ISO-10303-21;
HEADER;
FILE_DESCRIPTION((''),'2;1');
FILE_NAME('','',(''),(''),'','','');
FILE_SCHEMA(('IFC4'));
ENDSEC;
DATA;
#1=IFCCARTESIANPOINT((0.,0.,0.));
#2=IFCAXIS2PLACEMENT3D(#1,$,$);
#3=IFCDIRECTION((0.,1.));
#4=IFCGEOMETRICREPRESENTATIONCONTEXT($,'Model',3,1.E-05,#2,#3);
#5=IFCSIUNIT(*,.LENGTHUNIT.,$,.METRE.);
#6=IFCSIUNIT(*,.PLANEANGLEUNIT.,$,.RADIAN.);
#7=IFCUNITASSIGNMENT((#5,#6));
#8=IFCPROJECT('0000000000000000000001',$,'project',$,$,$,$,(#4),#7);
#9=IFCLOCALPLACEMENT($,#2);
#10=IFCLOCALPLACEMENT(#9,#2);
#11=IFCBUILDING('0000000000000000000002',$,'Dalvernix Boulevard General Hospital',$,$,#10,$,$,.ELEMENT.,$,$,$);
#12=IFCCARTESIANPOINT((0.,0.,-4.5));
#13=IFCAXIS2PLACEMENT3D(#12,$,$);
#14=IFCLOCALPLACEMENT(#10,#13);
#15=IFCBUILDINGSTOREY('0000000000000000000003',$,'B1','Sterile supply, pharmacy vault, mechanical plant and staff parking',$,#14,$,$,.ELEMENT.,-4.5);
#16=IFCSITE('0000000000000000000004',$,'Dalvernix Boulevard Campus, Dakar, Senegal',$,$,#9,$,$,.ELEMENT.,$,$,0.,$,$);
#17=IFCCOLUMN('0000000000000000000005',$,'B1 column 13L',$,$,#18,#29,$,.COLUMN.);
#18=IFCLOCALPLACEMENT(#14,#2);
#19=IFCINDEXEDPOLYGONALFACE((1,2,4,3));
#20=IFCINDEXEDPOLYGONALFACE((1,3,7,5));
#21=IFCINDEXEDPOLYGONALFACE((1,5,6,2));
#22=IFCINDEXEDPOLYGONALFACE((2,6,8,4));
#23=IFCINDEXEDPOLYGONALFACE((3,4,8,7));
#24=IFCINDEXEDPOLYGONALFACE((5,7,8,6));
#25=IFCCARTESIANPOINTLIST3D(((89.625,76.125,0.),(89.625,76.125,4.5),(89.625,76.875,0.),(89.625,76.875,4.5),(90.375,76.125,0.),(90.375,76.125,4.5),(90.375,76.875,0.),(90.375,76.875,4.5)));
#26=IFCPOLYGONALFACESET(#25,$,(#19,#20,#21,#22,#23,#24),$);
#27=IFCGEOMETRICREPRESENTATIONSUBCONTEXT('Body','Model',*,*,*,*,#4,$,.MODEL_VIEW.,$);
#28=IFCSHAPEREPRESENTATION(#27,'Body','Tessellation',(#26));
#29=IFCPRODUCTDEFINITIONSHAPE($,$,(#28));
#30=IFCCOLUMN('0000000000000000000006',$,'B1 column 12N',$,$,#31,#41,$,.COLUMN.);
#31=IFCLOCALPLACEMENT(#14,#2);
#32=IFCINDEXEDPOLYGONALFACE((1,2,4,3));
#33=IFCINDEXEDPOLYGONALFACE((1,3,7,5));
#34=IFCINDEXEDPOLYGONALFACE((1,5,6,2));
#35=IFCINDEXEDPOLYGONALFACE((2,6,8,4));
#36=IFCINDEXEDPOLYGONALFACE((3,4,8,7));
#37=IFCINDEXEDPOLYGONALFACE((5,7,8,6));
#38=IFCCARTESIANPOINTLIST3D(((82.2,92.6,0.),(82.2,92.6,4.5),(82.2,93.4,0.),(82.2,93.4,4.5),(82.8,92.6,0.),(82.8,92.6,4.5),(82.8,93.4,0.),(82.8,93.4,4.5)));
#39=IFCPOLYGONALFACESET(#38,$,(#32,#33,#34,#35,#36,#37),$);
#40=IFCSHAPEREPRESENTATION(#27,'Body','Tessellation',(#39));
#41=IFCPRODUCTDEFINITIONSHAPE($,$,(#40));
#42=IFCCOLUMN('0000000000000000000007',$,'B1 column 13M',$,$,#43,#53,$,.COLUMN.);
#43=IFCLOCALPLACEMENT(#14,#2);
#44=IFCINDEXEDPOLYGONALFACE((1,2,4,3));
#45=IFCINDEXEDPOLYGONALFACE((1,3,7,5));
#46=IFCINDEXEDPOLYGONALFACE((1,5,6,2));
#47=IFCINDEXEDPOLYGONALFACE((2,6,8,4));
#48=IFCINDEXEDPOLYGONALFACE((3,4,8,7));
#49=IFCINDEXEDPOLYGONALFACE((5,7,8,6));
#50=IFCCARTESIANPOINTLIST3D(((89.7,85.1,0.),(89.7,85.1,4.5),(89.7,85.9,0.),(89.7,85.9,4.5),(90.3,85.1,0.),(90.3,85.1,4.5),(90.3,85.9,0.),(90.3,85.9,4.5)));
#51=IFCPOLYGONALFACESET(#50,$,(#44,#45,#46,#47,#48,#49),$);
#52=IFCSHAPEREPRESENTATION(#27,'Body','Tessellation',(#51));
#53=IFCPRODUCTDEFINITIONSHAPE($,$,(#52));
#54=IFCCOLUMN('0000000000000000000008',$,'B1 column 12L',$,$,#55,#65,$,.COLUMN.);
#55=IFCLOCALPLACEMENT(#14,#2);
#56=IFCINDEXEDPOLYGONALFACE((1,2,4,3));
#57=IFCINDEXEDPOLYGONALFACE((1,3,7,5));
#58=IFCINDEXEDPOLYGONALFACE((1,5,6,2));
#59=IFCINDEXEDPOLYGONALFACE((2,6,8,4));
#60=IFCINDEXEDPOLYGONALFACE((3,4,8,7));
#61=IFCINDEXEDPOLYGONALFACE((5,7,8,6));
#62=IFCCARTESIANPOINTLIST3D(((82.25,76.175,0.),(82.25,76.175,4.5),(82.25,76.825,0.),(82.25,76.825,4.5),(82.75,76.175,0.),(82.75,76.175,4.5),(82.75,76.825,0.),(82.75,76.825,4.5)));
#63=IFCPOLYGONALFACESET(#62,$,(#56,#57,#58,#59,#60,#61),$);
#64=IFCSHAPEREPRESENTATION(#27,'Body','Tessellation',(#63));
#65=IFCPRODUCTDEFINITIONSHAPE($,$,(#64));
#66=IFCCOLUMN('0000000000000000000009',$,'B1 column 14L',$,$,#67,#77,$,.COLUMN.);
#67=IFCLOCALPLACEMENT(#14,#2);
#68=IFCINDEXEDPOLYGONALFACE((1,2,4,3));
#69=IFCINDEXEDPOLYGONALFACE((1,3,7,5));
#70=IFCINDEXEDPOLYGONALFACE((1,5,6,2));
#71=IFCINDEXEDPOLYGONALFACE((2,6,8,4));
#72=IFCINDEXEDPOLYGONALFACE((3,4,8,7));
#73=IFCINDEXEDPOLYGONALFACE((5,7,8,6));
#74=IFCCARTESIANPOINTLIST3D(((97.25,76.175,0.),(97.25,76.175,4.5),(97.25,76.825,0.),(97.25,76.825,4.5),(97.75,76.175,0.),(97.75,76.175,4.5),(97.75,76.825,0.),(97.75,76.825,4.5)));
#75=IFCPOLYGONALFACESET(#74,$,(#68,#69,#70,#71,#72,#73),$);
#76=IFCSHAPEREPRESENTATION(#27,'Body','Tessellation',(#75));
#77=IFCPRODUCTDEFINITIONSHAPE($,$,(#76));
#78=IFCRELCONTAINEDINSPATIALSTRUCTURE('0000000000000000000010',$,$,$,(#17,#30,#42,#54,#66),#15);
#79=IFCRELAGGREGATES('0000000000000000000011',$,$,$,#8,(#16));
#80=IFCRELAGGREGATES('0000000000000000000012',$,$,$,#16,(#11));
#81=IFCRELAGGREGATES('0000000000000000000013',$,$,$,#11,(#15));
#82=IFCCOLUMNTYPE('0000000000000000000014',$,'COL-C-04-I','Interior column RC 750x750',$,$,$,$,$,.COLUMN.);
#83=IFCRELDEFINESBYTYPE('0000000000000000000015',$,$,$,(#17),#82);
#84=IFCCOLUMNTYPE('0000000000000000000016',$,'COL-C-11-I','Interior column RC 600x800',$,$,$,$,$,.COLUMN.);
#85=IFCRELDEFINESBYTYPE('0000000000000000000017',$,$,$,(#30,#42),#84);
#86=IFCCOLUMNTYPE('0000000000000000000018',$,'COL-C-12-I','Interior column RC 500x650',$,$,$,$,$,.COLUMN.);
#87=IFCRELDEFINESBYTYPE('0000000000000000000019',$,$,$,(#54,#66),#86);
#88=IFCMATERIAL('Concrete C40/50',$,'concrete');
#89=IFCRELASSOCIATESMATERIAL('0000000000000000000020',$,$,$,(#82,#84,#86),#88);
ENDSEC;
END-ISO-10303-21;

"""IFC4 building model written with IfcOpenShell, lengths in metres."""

from ifc_helpers import new_model, si_unit, direction, frame, origin, origin_2d, place, context, subcontext, project, spatial, rectangle, extrude, material, material_profile, profile_set, type_object, element, save


model = new_model("IFC4")

# Units and contexts
model_context = context("Model", 3, precision=1e-05, world=origin(), true_north=direction((0.0, 1.0)))
body_context = subcontext(model_context, "Body", "Model", "MODEL_VIEW")
ifc_project = project(units=[si_unit("LENGTHUNIT", "METRE"), si_unit("PLANEANGLEUNIT", "RADIAN")], contexts=[model_context])

# Site, building, storey
site_placement = place(None, origin())
site = spatial("IfcSite", under=ifc_project, at=site_placement, Name="Dalvernix Boulevard Campus, Dakar, Senegal", CompositionType="ELEMENT", RefElevation=0.0)
building_placement = place(site_placement, origin())
building = spatial("IfcBuilding", under=site, at=building_placement, Name="Dalvernix Boulevard General Hospital", CompositionType="ELEMENT")
storey_placement = place(building_placement, frame((0.0, 0.0, -4.5)))
storey = spatial("IfcBuildingStorey", under=building, at=storey_placement, Name="B1", Description="Sterile supply, pharmacy vault, mechanical plant and staff parking", CompositionType="ELEMENT", Elevation=-4.5)

# Shared definitions
ifc_material_1 = material(Name="Concrete C40/50", Category="concrete")

# Columns
ifc_material_profile_1 = material_profile(ifc_material_1, rectangle(XDim=0.75, YDim=0.75, at=origin_2d()), Name="RC 750x750")
ifc_profile_set_1 = profile_set([ifc_material_profile_1], Name="Concrete C40/50")
column_type_1 = type_object("IfcColumnType", Name="COL-C-04-I", Description="Interior column RC 750x750", PredefinedType="COLUMN", material=ifc_profile_set_1)
column_placement = place(storey_placement, frame((90.0, 76.5, 0.0), z_axis=(0.0, 0.0, 1.0), x_axis=(1.0, 0.0, 0.0)))
element("IfcColumn", 1, at=column_placement, inside=storey, type_object=column_type_1, Name="B1 column 13L", PredefinedType="COLUMN", context=body_context, shape_type="SweptSolid", body=[
    extrude(rectangle(XDim=0.75, YDim=0.75, at=origin_2d()), origin(), (0.0, 0.0, 1.0), 4.5),
])
ifc_material_profile_2 = material_profile(ifc_material_1, rectangle(XDim=0.6001, YDim=0.8, at=origin_2d()), Name="RC 600x800")
ifc_profile_set_2 = profile_set([ifc_material_profile_2], Name="Concrete C40/50")
column_type_2 = type_object("IfcColumnType", Name="COL-C-11-I", Description="Interior column RC 600x800", PredefinedType="COLUMN", material=ifc_profile_set_2)
for number, where, z_axis, x_axis, name in (
    (2, (82.5, 93.0, 0.0), (0.0, 0.0, 1.0), (1.0, 0.0, 0.0), "B1 column 12N"),
    (3, (90.0, 85.5, 0.0), (0.0, 0.0, 1.0), (1.0, 0.0, 0.0), "B1 column 13M"),
):
    element("IfcColumn", number, at=place(storey_placement, frame(where, z_axis=z_axis, x_axis=x_axis)), inside=storey, type_object=column_type_2, Name=name, PredefinedType="COLUMN", context=body_context, shape_type="SweptSolid", body=[
        extrude(rectangle(XDim=0.6001, YDim=0.8, at=origin_2d()), origin(), (0.0, 0.0, 1.0), 4.5),
    ])
ifc_material_profile_3 = material_profile(ifc_material_1, rectangle(XDim=0.5, YDim=0.6499, at=origin_2d()), Name="RC 500x650")
ifc_profile_set_3 = profile_set([ifc_material_profile_3], Name="Concrete C40/50")
column_type_3 = type_object("IfcColumnType", Name="COL-C-12-I", Description="Interior column RC 500x650", PredefinedType="COLUMN", material=ifc_profile_set_3)
for number, where, z_axis, x_axis, name in (
    (4, (82.5, 76.5, 0.0), (0.0, 0.0, 1.0), (1.0, 0.0, 0.0), "B1 column 12L"),
    (5, (97.5, 76.5, 0.0), (0.0, 0.0, 1.0), (1.0, 0.0, 0.0), "B1 column 14L"),
):
    element("IfcColumn", number, at=place(storey_placement, frame(where, z_axis=z_axis, x_axis=x_axis)), inside=storey, type_object=column_type_3, Name=name, PredefinedType="COLUMN", context=body_context, shape_type="SweptSolid", body=[
        extrude(rectangle(XDim=0.5, YDim=0.6499, at=origin_2d()), origin(), (0.0, 0.0, 1.0), 4.5),
    ])

save(model, "model.ifc")
